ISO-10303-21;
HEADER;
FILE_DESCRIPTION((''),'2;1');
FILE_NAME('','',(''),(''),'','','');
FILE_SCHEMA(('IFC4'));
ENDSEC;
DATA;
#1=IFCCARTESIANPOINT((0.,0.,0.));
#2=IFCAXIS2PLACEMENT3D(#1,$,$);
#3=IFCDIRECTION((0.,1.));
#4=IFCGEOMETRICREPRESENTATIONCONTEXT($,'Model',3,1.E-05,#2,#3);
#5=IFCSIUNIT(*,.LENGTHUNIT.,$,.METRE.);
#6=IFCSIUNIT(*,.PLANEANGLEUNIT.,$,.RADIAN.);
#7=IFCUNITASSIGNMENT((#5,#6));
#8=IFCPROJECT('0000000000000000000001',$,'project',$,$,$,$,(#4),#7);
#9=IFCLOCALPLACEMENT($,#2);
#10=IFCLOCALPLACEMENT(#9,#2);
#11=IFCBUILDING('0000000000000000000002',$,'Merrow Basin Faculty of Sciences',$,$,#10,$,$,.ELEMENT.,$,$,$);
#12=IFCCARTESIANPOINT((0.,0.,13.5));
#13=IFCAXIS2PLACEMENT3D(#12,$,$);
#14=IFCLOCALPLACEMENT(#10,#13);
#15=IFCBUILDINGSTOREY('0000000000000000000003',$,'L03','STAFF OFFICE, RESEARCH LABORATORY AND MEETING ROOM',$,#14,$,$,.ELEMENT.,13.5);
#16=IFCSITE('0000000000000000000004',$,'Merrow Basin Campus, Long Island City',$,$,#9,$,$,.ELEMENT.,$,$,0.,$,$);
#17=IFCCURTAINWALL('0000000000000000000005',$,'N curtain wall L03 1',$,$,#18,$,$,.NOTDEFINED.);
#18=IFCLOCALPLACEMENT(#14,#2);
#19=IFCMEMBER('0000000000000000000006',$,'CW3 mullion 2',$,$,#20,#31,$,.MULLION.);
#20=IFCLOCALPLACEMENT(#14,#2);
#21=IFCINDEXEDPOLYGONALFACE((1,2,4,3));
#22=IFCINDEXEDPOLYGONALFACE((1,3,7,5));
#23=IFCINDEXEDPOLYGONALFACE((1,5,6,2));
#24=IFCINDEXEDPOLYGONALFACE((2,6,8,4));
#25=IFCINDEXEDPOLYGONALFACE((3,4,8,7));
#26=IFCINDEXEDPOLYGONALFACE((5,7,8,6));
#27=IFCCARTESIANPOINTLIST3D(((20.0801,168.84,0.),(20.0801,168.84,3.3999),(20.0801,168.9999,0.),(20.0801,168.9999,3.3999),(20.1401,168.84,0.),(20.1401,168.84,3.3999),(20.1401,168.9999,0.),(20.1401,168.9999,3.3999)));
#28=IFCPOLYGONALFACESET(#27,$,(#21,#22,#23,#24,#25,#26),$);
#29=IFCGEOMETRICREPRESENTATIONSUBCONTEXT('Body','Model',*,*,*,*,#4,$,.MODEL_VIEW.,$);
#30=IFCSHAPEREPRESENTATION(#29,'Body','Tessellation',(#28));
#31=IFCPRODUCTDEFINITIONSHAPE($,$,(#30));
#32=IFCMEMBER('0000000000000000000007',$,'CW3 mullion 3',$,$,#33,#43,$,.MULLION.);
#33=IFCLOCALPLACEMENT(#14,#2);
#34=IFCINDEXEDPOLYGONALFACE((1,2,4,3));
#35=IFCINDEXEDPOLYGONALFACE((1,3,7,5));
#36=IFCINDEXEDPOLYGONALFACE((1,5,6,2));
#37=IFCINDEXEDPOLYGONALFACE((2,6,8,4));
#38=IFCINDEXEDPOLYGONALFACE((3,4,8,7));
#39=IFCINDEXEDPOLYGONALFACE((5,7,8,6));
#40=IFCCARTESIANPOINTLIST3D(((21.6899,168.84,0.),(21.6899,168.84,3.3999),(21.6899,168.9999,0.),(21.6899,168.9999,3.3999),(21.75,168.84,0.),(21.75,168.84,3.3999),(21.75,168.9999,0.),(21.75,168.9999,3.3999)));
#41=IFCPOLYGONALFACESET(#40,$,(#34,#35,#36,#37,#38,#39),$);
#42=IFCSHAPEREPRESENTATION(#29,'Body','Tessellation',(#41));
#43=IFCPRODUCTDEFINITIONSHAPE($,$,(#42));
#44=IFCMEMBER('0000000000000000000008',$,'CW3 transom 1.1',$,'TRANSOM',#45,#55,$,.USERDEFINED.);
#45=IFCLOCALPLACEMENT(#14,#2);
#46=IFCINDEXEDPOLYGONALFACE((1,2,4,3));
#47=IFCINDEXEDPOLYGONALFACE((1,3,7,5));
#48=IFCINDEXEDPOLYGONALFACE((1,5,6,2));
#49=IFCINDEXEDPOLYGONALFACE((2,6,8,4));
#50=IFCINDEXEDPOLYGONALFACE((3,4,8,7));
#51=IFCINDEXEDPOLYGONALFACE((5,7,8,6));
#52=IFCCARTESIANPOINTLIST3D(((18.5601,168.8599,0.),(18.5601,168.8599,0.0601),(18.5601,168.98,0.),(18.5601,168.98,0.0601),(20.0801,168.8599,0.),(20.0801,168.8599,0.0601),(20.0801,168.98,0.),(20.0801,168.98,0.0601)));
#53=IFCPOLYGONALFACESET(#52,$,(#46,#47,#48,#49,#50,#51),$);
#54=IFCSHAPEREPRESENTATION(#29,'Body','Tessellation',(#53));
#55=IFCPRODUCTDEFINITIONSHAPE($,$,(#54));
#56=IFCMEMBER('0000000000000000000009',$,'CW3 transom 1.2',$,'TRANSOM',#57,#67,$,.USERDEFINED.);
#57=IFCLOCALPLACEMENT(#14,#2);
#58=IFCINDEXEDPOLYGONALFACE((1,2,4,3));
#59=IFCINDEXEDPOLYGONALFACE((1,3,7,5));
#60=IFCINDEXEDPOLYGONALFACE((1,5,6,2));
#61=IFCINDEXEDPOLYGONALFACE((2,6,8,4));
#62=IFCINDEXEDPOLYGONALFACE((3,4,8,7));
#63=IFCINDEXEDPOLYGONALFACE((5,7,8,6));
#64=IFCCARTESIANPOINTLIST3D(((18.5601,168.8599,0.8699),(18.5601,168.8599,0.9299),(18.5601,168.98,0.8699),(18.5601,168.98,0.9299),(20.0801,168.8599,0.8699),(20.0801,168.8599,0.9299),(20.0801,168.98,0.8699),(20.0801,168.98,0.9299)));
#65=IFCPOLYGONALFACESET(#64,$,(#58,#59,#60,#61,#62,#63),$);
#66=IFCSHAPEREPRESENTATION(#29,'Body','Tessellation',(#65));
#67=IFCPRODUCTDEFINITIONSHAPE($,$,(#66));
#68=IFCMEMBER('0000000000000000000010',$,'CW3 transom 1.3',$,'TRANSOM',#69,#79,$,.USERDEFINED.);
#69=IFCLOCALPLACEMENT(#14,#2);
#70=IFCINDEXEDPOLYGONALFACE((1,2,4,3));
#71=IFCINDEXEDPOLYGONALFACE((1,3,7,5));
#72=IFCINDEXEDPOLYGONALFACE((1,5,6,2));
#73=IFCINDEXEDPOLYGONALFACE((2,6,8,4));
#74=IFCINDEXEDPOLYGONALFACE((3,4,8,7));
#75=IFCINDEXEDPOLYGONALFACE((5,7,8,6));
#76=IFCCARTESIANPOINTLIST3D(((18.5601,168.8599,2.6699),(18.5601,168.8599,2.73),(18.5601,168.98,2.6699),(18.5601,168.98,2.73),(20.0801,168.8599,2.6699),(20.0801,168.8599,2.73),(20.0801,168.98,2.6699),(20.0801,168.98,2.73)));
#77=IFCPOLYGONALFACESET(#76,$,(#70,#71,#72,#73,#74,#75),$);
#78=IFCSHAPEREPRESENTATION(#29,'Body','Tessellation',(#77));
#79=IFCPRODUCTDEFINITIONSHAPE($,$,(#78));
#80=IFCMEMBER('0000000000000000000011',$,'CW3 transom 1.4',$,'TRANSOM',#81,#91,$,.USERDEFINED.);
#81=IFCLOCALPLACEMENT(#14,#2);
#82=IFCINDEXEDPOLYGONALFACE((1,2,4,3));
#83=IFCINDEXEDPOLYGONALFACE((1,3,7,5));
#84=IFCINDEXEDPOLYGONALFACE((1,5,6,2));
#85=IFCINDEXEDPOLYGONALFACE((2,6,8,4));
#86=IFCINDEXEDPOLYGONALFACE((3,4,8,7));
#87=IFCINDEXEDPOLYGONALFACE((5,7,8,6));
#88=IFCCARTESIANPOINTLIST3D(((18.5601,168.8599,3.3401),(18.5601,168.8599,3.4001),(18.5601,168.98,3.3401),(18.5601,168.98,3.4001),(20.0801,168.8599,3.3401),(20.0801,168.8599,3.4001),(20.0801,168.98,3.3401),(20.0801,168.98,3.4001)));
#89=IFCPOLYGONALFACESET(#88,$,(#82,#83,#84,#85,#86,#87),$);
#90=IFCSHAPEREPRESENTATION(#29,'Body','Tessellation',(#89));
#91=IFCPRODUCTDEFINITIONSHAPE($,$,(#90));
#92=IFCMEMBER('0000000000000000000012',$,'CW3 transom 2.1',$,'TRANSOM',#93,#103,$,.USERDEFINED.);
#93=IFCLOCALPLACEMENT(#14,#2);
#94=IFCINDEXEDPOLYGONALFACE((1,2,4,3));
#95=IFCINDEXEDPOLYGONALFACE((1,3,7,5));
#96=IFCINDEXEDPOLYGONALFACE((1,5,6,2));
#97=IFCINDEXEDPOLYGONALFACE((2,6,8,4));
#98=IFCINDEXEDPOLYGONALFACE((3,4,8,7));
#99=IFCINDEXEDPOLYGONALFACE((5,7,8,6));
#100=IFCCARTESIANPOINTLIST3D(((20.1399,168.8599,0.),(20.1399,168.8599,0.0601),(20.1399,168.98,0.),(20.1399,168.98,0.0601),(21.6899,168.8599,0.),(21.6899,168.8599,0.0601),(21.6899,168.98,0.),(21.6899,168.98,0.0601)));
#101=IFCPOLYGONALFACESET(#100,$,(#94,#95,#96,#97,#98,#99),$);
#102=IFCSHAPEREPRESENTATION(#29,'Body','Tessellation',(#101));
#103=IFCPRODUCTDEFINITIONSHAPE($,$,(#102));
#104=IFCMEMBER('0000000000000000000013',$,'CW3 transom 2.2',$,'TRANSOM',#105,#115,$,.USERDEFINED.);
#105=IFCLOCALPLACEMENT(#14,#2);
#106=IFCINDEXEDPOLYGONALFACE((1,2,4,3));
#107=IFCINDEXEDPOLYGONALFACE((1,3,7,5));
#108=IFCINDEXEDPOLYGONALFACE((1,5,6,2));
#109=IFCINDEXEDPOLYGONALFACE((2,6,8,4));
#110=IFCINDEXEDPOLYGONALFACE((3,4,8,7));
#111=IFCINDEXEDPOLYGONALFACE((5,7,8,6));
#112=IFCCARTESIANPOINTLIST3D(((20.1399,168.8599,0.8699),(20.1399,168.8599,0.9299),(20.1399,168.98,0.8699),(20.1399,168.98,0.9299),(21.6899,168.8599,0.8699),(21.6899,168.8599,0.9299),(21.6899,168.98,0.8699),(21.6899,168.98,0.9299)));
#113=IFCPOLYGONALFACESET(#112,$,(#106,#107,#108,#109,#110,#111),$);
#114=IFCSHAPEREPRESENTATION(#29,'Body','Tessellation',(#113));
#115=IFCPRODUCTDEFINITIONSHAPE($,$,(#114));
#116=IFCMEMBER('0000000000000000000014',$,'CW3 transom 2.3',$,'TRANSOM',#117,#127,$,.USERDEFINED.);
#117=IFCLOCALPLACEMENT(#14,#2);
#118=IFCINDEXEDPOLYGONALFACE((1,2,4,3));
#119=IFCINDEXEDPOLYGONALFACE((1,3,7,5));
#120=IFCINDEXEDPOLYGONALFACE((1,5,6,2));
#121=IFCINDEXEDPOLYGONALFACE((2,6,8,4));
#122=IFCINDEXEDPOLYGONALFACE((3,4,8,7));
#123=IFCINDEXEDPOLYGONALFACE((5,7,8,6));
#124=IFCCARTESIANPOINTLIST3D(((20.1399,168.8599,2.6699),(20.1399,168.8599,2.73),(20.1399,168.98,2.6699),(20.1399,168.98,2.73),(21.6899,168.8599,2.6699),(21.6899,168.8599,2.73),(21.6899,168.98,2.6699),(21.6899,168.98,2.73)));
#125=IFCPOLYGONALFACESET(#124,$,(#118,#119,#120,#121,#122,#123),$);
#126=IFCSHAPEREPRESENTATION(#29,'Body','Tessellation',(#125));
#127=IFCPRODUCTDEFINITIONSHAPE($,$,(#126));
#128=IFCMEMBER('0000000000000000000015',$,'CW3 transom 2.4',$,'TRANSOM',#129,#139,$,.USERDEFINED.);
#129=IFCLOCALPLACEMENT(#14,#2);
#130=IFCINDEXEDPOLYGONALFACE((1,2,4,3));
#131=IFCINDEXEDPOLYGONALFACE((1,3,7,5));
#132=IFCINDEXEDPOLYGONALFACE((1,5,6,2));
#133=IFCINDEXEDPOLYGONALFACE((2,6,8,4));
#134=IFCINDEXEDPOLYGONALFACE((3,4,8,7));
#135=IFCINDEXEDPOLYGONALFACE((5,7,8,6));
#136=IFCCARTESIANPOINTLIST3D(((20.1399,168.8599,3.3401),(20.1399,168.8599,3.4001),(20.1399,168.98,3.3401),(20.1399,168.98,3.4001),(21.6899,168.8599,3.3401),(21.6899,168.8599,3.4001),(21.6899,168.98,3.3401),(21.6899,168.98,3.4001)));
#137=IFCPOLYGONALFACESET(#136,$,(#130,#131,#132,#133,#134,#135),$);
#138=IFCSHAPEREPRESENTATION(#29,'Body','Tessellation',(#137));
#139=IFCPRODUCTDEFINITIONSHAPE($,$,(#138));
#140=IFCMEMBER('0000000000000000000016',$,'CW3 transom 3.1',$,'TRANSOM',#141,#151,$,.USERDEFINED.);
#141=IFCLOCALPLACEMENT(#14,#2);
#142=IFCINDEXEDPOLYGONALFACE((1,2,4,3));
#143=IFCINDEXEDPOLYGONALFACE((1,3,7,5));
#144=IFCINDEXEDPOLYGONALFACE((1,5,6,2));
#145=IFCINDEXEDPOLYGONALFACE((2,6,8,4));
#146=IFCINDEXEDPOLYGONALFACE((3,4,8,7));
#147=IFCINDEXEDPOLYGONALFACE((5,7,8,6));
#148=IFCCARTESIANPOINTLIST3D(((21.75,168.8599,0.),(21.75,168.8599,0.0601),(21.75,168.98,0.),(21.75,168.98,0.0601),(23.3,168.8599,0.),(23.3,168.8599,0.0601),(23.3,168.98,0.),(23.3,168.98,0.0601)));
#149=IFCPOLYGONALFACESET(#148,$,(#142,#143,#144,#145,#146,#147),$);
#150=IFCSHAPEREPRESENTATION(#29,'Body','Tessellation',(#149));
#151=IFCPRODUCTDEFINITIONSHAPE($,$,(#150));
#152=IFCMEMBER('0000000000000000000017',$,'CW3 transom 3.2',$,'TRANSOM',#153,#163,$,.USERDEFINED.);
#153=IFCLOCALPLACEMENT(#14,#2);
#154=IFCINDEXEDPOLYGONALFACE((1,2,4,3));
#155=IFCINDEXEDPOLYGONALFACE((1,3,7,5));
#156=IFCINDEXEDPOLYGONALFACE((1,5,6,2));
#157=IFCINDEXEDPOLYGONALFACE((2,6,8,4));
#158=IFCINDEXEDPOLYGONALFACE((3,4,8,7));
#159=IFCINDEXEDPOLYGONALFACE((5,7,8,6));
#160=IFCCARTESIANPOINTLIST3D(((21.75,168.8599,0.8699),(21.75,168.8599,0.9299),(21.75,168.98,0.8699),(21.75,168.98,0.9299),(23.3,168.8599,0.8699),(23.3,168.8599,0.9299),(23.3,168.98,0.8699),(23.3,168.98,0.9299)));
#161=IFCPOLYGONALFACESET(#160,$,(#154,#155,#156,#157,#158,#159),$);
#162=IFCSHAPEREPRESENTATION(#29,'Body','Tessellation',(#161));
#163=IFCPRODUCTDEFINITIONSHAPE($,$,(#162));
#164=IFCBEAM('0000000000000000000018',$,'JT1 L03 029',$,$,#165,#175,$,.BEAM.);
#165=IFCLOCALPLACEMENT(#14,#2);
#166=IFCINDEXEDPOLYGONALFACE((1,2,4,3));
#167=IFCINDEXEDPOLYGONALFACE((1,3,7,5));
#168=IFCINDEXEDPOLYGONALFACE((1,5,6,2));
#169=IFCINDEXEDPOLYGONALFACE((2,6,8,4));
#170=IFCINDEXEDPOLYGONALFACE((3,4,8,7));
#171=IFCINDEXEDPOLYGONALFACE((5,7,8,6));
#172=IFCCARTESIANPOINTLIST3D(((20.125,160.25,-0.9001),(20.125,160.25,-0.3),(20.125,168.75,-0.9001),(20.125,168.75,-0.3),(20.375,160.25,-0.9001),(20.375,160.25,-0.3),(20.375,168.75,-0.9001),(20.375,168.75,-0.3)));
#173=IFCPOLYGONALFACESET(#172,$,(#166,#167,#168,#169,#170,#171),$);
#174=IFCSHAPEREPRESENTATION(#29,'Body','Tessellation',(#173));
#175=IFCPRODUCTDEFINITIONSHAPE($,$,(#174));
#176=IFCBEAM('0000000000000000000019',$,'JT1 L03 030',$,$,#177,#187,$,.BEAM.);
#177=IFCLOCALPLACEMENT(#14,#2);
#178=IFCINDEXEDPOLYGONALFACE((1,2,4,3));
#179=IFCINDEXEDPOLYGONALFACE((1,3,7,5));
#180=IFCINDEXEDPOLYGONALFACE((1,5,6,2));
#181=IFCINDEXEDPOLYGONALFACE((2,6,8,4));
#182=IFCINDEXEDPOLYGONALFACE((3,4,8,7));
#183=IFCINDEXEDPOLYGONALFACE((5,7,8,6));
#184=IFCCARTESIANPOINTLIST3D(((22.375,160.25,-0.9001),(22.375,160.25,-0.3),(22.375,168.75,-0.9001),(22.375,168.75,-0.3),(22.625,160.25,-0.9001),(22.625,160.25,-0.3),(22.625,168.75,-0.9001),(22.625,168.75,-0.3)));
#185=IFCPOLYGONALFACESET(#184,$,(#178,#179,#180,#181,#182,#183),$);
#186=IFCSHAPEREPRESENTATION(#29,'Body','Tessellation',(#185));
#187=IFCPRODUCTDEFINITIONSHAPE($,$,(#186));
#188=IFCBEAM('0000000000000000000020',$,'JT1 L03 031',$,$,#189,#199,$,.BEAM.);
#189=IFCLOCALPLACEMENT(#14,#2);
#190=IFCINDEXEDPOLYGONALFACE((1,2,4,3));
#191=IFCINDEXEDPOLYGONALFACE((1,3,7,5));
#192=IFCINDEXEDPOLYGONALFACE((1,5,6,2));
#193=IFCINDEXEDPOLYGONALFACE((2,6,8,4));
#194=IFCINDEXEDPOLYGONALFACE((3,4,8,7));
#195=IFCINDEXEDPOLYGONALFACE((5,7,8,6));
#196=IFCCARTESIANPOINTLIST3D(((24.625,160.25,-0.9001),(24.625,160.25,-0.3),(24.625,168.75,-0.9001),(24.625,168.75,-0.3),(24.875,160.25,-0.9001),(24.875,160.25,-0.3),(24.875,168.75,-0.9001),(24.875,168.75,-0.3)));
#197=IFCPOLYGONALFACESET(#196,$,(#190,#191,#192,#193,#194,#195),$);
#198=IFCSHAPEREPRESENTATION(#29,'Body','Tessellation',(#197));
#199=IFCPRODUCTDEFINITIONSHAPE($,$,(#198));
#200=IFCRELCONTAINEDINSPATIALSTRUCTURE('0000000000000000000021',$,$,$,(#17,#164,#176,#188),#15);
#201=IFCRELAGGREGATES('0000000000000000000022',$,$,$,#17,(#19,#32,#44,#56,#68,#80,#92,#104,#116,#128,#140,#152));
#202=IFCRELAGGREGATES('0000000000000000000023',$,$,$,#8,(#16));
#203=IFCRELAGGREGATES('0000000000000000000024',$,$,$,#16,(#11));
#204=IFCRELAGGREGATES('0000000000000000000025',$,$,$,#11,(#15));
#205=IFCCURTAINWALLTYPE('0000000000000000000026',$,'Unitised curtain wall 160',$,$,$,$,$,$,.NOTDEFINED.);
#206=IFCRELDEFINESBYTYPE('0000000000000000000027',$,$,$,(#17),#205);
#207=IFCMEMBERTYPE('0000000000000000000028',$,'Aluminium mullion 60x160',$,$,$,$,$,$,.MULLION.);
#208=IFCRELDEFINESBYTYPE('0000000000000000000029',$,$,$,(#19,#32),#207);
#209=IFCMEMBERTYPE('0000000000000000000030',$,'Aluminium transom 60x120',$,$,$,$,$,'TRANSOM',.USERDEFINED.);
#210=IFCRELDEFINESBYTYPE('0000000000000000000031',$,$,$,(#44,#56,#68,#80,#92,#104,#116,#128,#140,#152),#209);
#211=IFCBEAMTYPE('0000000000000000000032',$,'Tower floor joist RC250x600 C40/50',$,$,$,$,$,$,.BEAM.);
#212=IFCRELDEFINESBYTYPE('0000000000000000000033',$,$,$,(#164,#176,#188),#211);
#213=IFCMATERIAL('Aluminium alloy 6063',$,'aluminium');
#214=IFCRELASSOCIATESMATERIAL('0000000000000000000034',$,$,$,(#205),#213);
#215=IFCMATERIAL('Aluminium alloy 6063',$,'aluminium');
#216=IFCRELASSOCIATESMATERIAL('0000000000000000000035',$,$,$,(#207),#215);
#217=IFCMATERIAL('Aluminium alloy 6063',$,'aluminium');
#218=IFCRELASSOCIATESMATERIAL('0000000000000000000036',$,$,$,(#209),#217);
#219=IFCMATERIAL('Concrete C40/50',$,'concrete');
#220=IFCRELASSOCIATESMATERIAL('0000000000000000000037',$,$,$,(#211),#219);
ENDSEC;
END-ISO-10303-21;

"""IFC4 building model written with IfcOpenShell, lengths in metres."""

from ifc_helpers import new_model, si_unit, direction, frame, origin, origin_2d, place, context, subcontext, project, spatial, rectangle, extrude, material, material_profile, profile_set, type_object, element, aggregate, save


model = new_model("IFC4")

# Units and contexts
model_context = context("Model", 3, precision=1e-05, world=origin(), true_north=direction((0.0, 1.0)))
body_context = subcontext(model_context, "Body", "Model", "MODEL_VIEW")
ifc_project = project(units=[si_unit("LENGTHUNIT", "METRE"), si_unit("PLANEANGLEUNIT", "RADIAN")], contexts=[model_context])

# Site, building, storey
site_placement = place(None, origin())
site = spatial("IfcSite", under=ifc_project, at=site_placement, Name="Merrow Basin Campus, Long Island City", CompositionType="ELEMENT", RefElevation=0.0)
building_placement = place(site_placement, origin())
building = spatial("IfcBuilding", under=site, at=building_placement, Name="Merrow Basin Faculty of Sciences", CompositionType="ELEMENT")
storey_placement = place(building_placement, frame((0.0, 0.0, 13.5)))
storey = spatial("IfcBuildingStorey", under=building, at=storey_placement, Name="L03", Description="STAFF OFFICE, RESEARCH LABORATORY AND MEETING ROOM", CompositionType="ELEMENT", Elevation=13.5)

# Curtain wall, members
ifc_material_1 = material(Name="Aluminium alloy 6063", Category="aluminium")
curtain_wall_type = type_object("IfcCurtainWallType", Name="Unitised curtain wall 160", PredefinedType="NOTDEFINED", material=ifc_material_1)
curtain_wall_placement = place(storey_placement, origin())
curtain_wall = element("IfcCurtainWall", 1, at=curtain_wall_placement, inside=storey, type_object=curtain_wall_type, Name="N curtain wall L03 1", PredefinedType="NOTDEFINED")
ifc_material_2 = material(Name="Aluminium alloy 6063", Category="aluminium")
ifc_material_profile_1 = material_profile(ifc_material_2, rectangle(XDim=0.1599, YDim=0.0601, at=origin_2d()))
ifc_profile_set_1 = profile_set([ifc_material_profile_1], Name="Aluminium alloy 6063")
member_type_1 = type_object("IfcMemberType", Name="Aluminium mullion 60x160", PredefinedType="MULLION", material=ifc_profile_set_1)
member_1_placement = place(storey_placement, frame((20.1101, 168.9199, 0.0), z_axis=(0.0, 0.0, 1.0), x_axis=(0.0, 1.0, 0.0)))
member_1 = element("IfcMember", 2, at=member_1_placement, type_object=member_type_1, Name="CW3 mullion 2", PredefinedType="MULLION", context=body_context, shape_type="SweptSolid", body=[
    extrude(rectangle(XDim=0.1599, YDim=0.0601, at=origin_2d()), origin(), (0.0, 0.0, 1.0), 3.3999),
])
member_2_placement = place(storey_placement, frame((21.72, 168.9199, 0.0), z_axis=(0.0, 0.0, 1.0), x_axis=(0.0, 1.0, 0.0)))
member_2 = element("IfcMember", 3, at=member_2_placement, type_object=member_type_1, Name="CW3 mullion 3", PredefinedType="MULLION", context=body_context, shape_type="SweptSolid", body=[
    extrude(rectangle(XDim=0.1599, YDim=0.0601, at=origin_2d()), origin(), (0.0, 0.0, 1.0), 3.3999),
])
ifc_material_3 = material(Name="Aluminium alloy 6063", Category="aluminium")
ifc_material_profile_2 = material_profile(ifc_material_3, rectangle(XDim=0.1201, YDim=0.0601, at=origin_2d()))
ifc_profile_set_2 = profile_set([ifc_material_profile_2], Name="Aluminium alloy 6063")
member_type_2 = type_object("IfcMemberType", Name="Aluminium transom 60x120", ElementType="TRANSOM", PredefinedType="USERDEFINED", material=ifc_profile_set_2)
member_3_placement = place(storey_placement, frame((18.5601, 168.9199, 0.03), z_axis=(1.0, 0.0, 0.0), x_axis=(0.0, 1.0, 0.0)))
member_3 = element("IfcMember", 4, at=member_3_placement, type_object=member_type_2, Name="CW3 transom 1.1", ObjectType="TRANSOM", PredefinedType="USERDEFINED", context=body_context, shape_type="SweptSolid", body=[
    extrude(rectangle(XDim=0.1201, YDim=0.0601, at=origin_2d()), origin(), (0.0, 0.0, 1.0), 1.52),
])
member_4_placement = place(storey_placement, frame((18.5601, 168.9199, 0.8999), z_axis=(1.0, 0.0, 0.0), x_axis=(0.0, 1.0, 0.0)))
member_4 = element("IfcMember", 5, at=member_4_placement, type_object=member_type_2, Name="CW3 transom 1.2", ObjectType="TRANSOM", PredefinedType="USERDEFINED", context=body_context, shape_type="SweptSolid", body=[
    extrude(rectangle(XDim=0.1201, YDim=0.0601, at=origin_2d()), origin(), (0.0, 0.0, 1.0), 1.52),
])
member_5_placement = place(storey_placement, frame((18.5601, 168.9199, 2.7), z_axis=(1.0, 0.0, 0.0), x_axis=(0.0, 1.0, 0.0)))
member_5 = element("IfcMember", 6, at=member_5_placement, type_object=member_type_2, Name="CW3 transom 1.3", ObjectType="TRANSOM", PredefinedType="USERDEFINED", context=body_context, shape_type="SweptSolid", body=[
    extrude(rectangle(XDim=0.1201, YDim=0.0601, at=origin_2d()), origin(), (0.0, 0.0, 1.0), 1.52),
])
member_6_placement = place(storey_placement, frame((18.5601, 168.9199, 3.3701), z_axis=(1.0, 0.0, 0.0), x_axis=(0.0, 1.0, 0.0)))
member_6 = element("IfcMember", 7, at=member_6_placement, type_object=member_type_2, Name="CW3 transom 1.4", ObjectType="TRANSOM", PredefinedType="USERDEFINED", context=body_context, shape_type="SweptSolid", body=[
    extrude(rectangle(XDim=0.1201, YDim=0.0601, at=origin_2d()), origin(), (0.0, 0.0, 1.0), 1.52),
])
member_7_placement = place(storey_placement, frame((20.1399, 168.9199, 0.03), z_axis=(1.0, 0.0, 0.0), x_axis=(0.0, 1.0, 0.0)))
member_7 = element("IfcMember", 8, at=member_7_placement, type_object=member_type_2, Name="CW3 transom 2.1", ObjectType="TRANSOM", PredefinedType="USERDEFINED", context=body_context, shape_type="SweptSolid", body=[
    extrude(rectangle(XDim=0.1201, YDim=0.0601, at=origin_2d()), origin(), (0.0, 0.0, 1.0), 1.55),
])
member_8_placement = place(storey_placement, frame((20.1399, 168.9199, 0.8999), z_axis=(1.0, 0.0, 0.0), x_axis=(0.0, 1.0, 0.0)))
member_8 = element("IfcMember", 9, at=member_8_placement, type_object=member_type_2, Name="CW3 transom 2.2", ObjectType="TRANSOM", PredefinedType="USERDEFINED", context=body_context, shape_type="SweptSolid", body=[
    extrude(rectangle(XDim=0.1201, YDim=0.0601, at=origin_2d()), origin(), (0.0, 0.0, 1.0), 1.55),
])
member_9_placement = place(storey_placement, frame((20.1399, 168.9199, 2.7), z_axis=(1.0, 0.0, 0.0), x_axis=(0.0, 1.0, 0.0)))
member_9 = element("IfcMember", 10, at=member_9_placement, type_object=member_type_2, Name="CW3 transom 2.3", ObjectType="TRANSOM", PredefinedType="USERDEFINED", context=body_context, shape_type="SweptSolid", body=[
    extrude(rectangle(XDim=0.1201, YDim=0.0601, at=origin_2d()), origin(), (0.0, 0.0, 1.0), 1.55),
])
member_10_placement = place(storey_placement, frame((20.1399, 168.9199, 3.3701), z_axis=(1.0, 0.0, 0.0), x_axis=(0.0, 1.0, 0.0)))
member_10 = element("IfcMember", 11, at=member_10_placement, type_object=member_type_2, Name="CW3 transom 2.4", ObjectType="TRANSOM", PredefinedType="USERDEFINED", context=body_context, shape_type="SweptSolid", body=[
    extrude(rectangle(XDim=0.1201, YDim=0.0601, at=origin_2d()), origin(), (0.0, 0.0, 1.0), 1.55),
])
member_11_placement = place(storey_placement, frame((21.75, 168.9199, 0.03), z_axis=(1.0, 0.0, 0.0), x_axis=(0.0, 1.0, 0.0)))
member_11 = element("IfcMember", 12, at=member_11_placement, type_object=member_type_2, Name="CW3 transom 3.1", ObjectType="TRANSOM", PredefinedType="USERDEFINED", context=body_context, shape_type="SweptSolid", body=[
    extrude(rectangle(XDim=0.1201, YDim=0.0601, at=origin_2d()), origin(), (0.0, 0.0, 1.0), 1.55),
])
member_12_placement = place(storey_placement, frame((21.75, 168.9199, 0.8999), z_axis=(1.0, 0.0, 0.0), x_axis=(0.0, 1.0, 0.0)))
member_12 = element("IfcMember", 13, at=member_12_placement, type_object=member_type_2, Name="CW3 transom 3.2", ObjectType="TRANSOM", PredefinedType="USERDEFINED", context=body_context, shape_type="SweptSolid", body=[
    extrude(rectangle(XDim=0.1201, YDim=0.0601, at=origin_2d()), origin(), (0.0, 0.0, 1.0), 1.55),
])

# Beams
ifc_material_4 = material(Name="Concrete C40/50", Category="concrete")
ifc_material_profile_3 = material_profile(ifc_material_4, rectangle(XDim=0.25, YDim=0.6001, at=origin_2d()))
ifc_profile_set_3 = profile_set([ifc_material_profile_3], Name="Concrete C40/50")
beam_type = type_object("IfcBeamType", Name="Tower floor joist RC250x600 C40/50", PredefinedType="BEAM", material=ifc_profile_set_3)
for number, where, z_axis, x_axis, name in (
    (14, (20.25, 160.25, -0.6001), (0.0, 1.0, 0.0), (-1.0, 0.0, 0.0), "JT1 L03 029"),
    (15, (22.5, 160.25, -0.6001), (0.0, 1.0, 0.0), (-1.0, 0.0, 0.0), "JT1 L03 030"),
    (16, (24.75, 160.25, -0.6001), (0.0, 1.0, 0.0), (-1.0, 0.0, 0.0), "JT1 L03 031"),
):
    element("IfcBeam", number, at=place(storey_placement, frame(where, z_axis=z_axis, x_axis=x_axis)), inside=storey, type_object=beam_type, Name=name, PredefinedType="BEAM", context=body_context, shape_type="SweptSolid", body=[
        extrude(rectangle(XDim=0.25, YDim=0.6001, at=origin_2d()), origin(), (0.0, 0.0, 1.0), 8.5),
    ])

aggregate(curtain_wall, [member_1, member_2, member_3, member_4, member_5, member_6, member_7, member_8, member_9, member_10, member_11, member_12])

save(model, "model.ifc")
